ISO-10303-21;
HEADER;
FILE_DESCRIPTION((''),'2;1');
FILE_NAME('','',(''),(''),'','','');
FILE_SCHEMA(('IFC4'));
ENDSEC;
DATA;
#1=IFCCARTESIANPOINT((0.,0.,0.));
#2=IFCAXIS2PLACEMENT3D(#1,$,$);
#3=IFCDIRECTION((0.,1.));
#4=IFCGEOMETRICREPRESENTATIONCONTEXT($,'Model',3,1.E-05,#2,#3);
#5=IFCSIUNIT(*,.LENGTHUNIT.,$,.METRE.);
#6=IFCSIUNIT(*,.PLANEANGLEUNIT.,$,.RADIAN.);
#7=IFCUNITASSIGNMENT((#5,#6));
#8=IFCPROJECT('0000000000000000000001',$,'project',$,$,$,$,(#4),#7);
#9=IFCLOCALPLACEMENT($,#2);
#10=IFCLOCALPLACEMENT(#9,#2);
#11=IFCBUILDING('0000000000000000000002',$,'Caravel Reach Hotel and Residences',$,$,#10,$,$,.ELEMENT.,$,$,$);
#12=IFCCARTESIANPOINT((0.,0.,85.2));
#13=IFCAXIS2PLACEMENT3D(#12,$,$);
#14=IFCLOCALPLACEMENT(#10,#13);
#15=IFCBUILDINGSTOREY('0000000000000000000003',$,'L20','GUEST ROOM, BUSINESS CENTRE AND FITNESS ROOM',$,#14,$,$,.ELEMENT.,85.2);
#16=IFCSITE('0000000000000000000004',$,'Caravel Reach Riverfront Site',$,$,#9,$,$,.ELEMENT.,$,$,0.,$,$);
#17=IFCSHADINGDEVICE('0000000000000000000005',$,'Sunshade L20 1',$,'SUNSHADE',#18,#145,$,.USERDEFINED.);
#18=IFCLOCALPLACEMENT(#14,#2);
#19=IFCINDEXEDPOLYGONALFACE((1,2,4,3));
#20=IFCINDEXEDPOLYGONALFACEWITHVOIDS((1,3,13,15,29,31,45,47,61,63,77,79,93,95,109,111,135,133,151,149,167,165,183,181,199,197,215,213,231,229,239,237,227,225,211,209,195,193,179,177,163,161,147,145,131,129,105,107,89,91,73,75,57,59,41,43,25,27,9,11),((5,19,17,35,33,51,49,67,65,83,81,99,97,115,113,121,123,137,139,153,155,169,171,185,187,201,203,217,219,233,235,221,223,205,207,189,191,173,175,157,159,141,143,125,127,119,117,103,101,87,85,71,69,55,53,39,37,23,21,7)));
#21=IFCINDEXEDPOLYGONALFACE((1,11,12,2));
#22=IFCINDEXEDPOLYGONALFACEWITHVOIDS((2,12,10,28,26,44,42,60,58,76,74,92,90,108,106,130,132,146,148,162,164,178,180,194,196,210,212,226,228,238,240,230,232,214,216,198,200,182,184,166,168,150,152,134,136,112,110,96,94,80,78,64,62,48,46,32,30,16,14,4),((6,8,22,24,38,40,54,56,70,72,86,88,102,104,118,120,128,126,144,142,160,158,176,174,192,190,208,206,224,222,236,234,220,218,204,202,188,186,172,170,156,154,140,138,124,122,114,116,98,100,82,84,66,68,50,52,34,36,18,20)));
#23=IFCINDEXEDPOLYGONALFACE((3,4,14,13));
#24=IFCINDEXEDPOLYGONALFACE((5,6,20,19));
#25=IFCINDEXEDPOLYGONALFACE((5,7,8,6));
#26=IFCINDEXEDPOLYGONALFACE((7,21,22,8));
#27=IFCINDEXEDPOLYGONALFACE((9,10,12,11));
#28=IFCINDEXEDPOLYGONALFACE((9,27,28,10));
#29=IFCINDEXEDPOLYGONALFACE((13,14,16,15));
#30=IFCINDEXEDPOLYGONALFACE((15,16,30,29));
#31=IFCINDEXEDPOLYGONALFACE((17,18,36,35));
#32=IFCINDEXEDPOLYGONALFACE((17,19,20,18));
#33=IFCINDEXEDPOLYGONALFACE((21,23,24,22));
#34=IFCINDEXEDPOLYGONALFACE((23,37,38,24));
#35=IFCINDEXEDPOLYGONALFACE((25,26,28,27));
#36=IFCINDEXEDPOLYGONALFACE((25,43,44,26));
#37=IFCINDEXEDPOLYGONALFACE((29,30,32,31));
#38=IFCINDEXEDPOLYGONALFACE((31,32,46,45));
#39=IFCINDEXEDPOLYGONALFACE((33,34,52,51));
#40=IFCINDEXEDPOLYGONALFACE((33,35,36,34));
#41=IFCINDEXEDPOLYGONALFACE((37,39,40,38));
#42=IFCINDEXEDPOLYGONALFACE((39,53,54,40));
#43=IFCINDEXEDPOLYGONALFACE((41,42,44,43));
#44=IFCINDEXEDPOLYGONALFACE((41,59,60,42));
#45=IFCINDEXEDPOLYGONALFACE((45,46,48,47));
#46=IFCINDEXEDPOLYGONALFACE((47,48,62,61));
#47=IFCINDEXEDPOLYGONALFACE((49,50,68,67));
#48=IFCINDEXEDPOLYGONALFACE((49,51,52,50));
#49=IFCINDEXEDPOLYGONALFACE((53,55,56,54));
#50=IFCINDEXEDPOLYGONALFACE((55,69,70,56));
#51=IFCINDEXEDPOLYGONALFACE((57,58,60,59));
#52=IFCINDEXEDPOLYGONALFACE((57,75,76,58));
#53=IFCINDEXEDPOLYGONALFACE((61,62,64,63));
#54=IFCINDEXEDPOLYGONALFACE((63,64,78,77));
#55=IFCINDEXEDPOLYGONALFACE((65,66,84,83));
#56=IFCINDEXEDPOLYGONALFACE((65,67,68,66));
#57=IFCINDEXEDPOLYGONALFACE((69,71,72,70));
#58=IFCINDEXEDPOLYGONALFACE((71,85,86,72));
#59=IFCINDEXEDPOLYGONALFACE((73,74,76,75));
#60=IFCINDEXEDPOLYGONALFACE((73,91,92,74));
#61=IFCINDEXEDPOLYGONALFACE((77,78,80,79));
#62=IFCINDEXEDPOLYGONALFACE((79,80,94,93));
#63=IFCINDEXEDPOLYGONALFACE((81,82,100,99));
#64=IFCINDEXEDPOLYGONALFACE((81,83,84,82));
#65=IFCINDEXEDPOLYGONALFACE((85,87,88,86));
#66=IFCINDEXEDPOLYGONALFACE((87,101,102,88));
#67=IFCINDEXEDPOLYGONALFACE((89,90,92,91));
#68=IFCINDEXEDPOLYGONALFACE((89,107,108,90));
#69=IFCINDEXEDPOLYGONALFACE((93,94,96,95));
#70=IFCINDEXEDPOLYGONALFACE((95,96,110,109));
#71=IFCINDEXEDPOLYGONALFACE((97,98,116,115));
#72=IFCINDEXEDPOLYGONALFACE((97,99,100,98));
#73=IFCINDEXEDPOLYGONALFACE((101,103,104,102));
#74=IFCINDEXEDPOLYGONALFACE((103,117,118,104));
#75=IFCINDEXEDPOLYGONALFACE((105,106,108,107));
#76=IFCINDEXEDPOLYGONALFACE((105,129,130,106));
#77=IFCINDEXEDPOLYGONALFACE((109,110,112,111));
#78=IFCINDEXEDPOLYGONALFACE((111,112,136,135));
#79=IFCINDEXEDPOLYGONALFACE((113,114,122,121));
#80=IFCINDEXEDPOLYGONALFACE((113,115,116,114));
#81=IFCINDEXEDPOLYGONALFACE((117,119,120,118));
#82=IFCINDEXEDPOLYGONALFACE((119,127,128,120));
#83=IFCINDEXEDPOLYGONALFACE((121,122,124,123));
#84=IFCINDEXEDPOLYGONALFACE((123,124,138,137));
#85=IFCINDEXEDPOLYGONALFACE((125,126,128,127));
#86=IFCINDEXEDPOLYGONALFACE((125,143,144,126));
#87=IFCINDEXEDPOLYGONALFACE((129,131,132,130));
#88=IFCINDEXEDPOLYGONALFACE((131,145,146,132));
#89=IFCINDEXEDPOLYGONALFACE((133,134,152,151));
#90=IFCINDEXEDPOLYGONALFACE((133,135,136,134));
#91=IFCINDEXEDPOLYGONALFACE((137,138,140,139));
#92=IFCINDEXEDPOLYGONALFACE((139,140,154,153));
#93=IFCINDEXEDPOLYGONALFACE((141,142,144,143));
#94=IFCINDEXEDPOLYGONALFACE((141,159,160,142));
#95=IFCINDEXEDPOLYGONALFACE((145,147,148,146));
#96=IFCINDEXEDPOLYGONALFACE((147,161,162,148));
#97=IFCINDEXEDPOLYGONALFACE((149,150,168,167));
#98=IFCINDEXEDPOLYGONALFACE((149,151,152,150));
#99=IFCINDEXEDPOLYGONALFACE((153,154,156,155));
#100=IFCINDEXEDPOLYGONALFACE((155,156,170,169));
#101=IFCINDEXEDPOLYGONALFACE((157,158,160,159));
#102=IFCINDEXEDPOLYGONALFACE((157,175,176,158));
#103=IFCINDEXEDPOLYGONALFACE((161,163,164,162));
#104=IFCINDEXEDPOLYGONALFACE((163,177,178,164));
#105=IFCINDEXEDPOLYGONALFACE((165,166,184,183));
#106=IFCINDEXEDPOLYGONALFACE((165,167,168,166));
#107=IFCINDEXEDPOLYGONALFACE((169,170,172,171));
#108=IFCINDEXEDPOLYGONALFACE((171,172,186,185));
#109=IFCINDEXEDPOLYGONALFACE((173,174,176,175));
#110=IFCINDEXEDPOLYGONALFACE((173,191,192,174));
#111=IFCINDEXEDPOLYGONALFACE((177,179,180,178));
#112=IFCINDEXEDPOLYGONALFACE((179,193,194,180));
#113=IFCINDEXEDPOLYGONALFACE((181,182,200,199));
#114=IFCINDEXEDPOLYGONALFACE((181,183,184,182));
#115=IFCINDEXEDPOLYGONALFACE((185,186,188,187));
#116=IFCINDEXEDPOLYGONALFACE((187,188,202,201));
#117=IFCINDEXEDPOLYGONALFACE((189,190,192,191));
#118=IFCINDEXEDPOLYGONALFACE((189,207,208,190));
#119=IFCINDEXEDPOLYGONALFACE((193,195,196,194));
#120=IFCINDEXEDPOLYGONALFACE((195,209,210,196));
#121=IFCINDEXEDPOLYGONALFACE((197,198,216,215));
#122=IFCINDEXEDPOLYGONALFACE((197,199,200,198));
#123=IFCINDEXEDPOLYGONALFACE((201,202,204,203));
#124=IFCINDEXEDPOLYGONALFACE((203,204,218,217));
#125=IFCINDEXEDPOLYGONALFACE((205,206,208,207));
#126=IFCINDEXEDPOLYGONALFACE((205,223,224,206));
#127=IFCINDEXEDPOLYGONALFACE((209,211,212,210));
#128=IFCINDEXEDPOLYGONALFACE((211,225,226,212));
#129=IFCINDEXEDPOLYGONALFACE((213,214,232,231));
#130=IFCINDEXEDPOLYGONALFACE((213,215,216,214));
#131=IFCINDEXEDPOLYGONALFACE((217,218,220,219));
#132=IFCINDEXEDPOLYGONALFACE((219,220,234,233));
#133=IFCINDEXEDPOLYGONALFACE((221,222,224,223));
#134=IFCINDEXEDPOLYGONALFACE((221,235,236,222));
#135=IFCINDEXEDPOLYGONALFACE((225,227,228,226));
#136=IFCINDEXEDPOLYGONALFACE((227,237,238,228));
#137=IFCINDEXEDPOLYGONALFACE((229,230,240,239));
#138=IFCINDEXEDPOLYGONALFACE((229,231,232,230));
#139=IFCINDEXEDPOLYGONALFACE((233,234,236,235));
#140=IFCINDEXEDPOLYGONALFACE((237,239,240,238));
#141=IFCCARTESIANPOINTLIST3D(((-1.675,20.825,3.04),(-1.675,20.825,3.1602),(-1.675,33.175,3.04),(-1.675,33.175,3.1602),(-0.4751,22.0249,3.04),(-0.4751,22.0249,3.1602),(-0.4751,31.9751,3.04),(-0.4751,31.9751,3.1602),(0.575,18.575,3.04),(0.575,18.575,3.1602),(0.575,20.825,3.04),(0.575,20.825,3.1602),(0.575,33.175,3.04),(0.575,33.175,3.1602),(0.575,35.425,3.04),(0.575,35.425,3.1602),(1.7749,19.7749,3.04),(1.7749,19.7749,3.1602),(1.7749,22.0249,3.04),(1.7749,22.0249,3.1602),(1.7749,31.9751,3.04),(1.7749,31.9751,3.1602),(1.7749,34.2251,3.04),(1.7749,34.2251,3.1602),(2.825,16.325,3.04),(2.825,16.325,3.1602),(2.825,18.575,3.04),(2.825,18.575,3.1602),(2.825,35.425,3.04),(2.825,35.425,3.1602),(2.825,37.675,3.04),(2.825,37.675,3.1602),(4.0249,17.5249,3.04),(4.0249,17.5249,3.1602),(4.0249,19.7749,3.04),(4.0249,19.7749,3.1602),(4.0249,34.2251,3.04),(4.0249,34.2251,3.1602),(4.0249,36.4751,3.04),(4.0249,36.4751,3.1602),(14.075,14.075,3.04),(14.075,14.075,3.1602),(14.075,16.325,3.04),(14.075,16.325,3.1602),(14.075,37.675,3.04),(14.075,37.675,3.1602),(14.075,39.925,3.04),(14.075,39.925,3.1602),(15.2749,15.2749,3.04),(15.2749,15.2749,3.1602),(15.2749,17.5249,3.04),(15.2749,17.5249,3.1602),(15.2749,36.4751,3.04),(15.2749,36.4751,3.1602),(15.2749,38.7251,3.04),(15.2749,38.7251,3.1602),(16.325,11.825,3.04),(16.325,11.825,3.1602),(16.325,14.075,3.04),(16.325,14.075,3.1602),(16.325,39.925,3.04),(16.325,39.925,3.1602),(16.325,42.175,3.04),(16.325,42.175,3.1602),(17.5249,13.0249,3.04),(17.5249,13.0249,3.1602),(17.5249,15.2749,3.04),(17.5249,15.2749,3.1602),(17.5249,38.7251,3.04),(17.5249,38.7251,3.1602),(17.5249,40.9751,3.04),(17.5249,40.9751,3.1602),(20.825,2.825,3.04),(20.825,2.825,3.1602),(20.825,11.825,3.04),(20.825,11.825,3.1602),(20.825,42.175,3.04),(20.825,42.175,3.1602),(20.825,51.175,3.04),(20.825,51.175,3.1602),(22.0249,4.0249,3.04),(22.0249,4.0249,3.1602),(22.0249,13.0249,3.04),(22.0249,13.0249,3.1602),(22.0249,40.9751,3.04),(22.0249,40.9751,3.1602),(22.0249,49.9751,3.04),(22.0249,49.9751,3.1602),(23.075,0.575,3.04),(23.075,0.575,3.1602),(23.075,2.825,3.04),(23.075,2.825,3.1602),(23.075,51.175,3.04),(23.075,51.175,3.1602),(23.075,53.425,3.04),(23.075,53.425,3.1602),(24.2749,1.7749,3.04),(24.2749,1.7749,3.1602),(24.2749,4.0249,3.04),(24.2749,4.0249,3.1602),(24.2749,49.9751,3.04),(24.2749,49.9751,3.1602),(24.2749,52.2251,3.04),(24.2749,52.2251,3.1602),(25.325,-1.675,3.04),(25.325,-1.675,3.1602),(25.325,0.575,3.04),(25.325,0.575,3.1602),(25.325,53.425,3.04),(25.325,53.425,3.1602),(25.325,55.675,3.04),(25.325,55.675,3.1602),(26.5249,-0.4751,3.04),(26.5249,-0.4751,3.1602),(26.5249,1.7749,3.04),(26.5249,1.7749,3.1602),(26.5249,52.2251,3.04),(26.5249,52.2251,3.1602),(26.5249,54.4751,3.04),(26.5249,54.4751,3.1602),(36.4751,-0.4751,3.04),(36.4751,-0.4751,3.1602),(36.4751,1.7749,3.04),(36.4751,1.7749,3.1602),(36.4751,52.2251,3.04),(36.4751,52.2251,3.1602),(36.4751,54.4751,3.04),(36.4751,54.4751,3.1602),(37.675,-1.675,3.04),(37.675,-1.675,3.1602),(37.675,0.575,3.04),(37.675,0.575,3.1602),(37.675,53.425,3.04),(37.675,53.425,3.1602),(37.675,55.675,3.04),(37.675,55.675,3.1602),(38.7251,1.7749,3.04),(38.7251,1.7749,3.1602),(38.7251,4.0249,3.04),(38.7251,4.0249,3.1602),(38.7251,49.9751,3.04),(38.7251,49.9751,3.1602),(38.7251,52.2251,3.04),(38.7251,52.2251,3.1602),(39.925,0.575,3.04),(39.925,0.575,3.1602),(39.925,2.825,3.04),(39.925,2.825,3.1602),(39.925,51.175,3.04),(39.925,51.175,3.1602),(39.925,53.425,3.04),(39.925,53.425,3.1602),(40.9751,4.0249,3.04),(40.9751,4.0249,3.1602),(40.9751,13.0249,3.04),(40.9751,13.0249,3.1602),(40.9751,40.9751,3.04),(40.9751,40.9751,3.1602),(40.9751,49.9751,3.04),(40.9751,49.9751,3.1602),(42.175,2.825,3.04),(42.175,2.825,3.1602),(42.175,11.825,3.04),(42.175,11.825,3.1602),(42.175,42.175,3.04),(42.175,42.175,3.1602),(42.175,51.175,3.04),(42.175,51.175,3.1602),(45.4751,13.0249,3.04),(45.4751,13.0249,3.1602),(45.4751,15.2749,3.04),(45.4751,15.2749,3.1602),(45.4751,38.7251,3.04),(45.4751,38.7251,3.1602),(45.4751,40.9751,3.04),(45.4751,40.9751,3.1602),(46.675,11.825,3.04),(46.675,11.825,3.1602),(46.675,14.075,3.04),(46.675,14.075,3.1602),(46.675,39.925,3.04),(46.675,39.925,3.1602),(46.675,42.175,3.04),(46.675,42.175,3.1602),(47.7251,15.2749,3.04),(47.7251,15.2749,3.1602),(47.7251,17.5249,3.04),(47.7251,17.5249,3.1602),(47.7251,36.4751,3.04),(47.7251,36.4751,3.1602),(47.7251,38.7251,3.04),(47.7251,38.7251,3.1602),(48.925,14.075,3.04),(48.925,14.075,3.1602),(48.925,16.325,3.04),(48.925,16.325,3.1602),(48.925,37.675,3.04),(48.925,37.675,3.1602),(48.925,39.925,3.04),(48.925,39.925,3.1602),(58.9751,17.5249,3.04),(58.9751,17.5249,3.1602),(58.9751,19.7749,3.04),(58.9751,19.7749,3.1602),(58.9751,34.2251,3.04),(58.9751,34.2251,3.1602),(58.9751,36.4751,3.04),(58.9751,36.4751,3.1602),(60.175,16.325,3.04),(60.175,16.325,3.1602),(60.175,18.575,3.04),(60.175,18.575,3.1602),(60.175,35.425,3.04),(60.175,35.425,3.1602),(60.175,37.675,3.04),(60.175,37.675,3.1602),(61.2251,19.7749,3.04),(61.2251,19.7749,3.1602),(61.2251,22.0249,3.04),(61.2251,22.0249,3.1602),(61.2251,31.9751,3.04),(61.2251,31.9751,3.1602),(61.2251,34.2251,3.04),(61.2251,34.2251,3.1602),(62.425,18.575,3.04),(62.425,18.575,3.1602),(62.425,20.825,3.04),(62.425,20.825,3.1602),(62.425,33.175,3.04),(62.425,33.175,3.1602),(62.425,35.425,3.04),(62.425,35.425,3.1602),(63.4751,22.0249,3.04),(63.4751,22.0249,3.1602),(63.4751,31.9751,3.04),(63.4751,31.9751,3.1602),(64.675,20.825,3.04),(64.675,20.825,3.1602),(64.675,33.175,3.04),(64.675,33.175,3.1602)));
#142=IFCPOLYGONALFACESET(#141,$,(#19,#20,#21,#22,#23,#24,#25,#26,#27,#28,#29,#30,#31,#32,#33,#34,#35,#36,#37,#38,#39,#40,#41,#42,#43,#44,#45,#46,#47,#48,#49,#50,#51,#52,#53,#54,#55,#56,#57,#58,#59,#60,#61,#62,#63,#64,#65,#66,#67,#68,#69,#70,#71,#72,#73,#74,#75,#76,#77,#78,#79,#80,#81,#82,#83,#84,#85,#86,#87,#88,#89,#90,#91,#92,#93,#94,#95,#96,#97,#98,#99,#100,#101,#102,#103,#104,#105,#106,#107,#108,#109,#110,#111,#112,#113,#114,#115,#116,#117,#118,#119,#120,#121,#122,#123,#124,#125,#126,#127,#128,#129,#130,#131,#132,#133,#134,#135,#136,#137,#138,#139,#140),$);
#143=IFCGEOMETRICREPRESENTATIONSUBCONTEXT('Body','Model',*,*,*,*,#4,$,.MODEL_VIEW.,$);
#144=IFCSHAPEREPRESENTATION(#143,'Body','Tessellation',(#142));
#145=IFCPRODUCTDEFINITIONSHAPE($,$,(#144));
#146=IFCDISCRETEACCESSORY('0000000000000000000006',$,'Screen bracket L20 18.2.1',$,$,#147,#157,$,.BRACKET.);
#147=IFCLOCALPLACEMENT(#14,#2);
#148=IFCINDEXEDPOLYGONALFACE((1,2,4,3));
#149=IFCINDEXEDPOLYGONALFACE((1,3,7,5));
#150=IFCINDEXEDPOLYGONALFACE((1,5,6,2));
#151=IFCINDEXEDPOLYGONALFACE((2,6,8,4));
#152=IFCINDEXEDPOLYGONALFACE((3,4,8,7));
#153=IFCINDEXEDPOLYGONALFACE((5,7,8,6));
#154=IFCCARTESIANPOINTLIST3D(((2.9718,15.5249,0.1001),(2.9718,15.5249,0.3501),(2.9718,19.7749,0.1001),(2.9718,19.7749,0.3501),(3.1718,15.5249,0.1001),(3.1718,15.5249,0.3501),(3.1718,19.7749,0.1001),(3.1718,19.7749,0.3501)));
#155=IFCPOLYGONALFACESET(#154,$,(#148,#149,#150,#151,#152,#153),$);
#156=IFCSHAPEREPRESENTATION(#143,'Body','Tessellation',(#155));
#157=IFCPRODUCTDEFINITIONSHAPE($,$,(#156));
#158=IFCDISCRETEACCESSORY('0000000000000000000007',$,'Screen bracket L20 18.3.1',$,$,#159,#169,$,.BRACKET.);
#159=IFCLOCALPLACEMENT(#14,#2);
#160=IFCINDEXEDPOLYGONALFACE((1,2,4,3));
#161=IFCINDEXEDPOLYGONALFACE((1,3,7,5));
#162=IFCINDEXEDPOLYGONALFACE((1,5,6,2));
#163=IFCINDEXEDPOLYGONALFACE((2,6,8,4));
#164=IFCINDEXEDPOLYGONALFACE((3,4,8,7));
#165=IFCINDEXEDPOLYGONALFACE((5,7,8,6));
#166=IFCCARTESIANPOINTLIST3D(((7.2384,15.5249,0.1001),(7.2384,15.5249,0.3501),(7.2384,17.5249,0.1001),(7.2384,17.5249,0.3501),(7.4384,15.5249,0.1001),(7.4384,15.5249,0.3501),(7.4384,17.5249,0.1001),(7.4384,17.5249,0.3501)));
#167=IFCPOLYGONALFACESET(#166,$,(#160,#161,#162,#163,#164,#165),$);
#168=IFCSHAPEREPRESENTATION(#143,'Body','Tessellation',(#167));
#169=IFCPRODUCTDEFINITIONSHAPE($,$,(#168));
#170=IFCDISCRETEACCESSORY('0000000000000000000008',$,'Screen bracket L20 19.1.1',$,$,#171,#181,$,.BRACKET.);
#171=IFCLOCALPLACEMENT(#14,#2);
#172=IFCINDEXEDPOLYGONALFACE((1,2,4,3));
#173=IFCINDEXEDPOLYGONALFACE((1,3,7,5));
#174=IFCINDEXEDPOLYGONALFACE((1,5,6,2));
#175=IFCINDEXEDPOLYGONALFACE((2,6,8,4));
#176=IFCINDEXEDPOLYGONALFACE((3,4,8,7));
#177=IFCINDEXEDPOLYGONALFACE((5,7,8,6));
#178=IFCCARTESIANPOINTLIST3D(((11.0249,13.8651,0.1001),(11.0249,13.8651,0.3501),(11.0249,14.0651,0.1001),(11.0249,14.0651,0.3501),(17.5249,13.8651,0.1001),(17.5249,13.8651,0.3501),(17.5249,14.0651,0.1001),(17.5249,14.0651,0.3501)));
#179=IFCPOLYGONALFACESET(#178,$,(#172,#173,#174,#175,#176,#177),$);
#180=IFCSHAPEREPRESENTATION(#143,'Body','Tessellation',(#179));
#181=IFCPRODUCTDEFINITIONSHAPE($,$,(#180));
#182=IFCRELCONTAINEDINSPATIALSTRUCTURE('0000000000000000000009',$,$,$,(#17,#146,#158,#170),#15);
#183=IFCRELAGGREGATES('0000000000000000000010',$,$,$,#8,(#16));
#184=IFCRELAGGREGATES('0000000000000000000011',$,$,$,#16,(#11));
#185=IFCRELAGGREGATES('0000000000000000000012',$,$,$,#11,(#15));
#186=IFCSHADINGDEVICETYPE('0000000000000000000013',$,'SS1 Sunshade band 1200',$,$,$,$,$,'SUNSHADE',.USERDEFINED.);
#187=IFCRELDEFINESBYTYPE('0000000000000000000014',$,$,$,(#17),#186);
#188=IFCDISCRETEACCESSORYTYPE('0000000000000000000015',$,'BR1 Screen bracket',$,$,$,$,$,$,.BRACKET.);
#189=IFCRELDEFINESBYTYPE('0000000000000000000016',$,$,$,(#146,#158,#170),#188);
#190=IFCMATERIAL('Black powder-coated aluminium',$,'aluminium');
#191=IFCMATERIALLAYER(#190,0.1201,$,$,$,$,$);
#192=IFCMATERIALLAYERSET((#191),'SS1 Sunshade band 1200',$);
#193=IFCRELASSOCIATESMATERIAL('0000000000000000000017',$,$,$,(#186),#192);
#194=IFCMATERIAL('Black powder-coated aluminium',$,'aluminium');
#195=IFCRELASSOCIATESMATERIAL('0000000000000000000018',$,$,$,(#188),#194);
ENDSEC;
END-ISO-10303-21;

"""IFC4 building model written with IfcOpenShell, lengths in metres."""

from ifc_helpers import new_model, si_unit, direction, frame, origin, origin_2d, place, context, subcontext, project, spatial, polyline, rectangle, outline, extrude, material, layer, layer_set, type_object, element, save


model = new_model("IFC4")

# Units and contexts
model_context = context("Model", 3, precision=1e-05, world=origin(), true_north=direction((0.0, 1.0)))
body_context = subcontext(model_context, "Body", "Model", "MODEL_VIEW")
ifc_project = project(units=[si_unit("LENGTHUNIT", "METRE"), si_unit("PLANEANGLEUNIT", "RADIAN")], contexts=[model_context])

# Site, building, storey
site_placement = place(None, origin())
site = spatial("IfcSite", under=ifc_project, at=site_placement, Name="Caravel Reach Riverfront Site", CompositionType="ELEMENT", RefElevation=0.0)
building_placement = place(site_placement, origin())
building = spatial("IfcBuilding", under=site, at=building_placement, Name="Caravel Reach Hotel and Residences", CompositionType="ELEMENT")
storey_placement = place(building_placement, frame((0.0, 0.0, 85.2)))
storey = spatial("IfcBuildingStorey", under=building, at=storey_placement, Name="L20", Description="GUEST ROOM, BUSINESS CENTRE AND FITNESS ROOM", CompositionType="ELEMENT", Elevation=85.2)

# Shading device
ifc_material_1 = material(Name="Black powder-coated aluminium", Category="aluminium")
ifc_layer_1 = layer(ifc_material_1, 0.1201)
ifc_layer_set_1 = layer_set([ifc_layer_1], Name="SS1 Sunshade band 1200")
shading_device_type_1 = type_object("IfcShadingDeviceType", Name="SS1 Sunshade band 1200", ElementType="SUNSHADE", PredefinedType="USERDEFINED", material=ifc_layer_set_1)
shading_device_1_placement = place(storey_placement, frame((0.0, 0.0, 3.04)))
element("IfcShadingDevice", 1, at=shading_device_1_placement, inside=storey, type_object=shading_device_type_1, Name="Sunshade L20 1", ObjectType="SUNSHADE", PredefinedType="USERDEFINED", context=body_context, shape_type="SweptSolid", body=[
    extrude(outline(polyline([(20.825, 11.825), (20.825, 2.825), (23.075, 2.825), (23.075, 0.575), (25.325, 0.575), (25.325, -1.675), (37.675, -1.675), (37.675, 0.575), (39.925, 0.575), (39.925, 2.825), (42.175, 2.825), (42.175, 11.825), (46.675, 11.825), (46.675, 14.075), (48.925, 14.075), (48.925, 16.325), (60.175, 16.325), (60.175, 18.575), (62.425, 18.575), (62.425, 20.825), (64.675, 20.825), (64.675, 33.175), (62.425, 33.175), (62.425, 35.425), (60.175, 35.425), (60.175, 37.675), (48.925, 37.675), (48.925, 39.925), (46.675, 39.925), (46.675, 42.175), (42.175, 42.175), (42.175, 51.175), (39.925, 51.175), (39.925, 53.425), (37.675, 53.425), (37.675, 55.675), (25.325, 55.675), (25.325, 53.425), (23.075, 53.425), (23.075, 51.175), (20.825, 51.175), (20.825, 42.175), (16.325, 42.175), (16.325, 39.925), (14.075, 39.925), (14.075, 37.675), (2.825, 37.675), (2.825, 35.425), (0.575, 35.425), (0.575, 33.175), (-1.675, 33.175), (-1.675, 20.825), (0.575, 20.825), (0.575, 18.575), (2.825, 18.575), (2.825, 16.325), (14.075, 16.325), (14.075, 14.075), (16.325, 14.075), (16.325, 11.825), (20.825, 11.825)]), holes=[polyline([(24.2749, 4.0249), (22.0249, 4.0249), (22.0249, 13.0249), (17.5249, 13.0249), (17.5249, 15.2749), (15.2749, 15.2749), (15.2749, 17.5249), (4.0249, 17.5249), (4.0249, 19.7749), (1.7749, 19.7749), (1.7749, 22.0249), (-0.4751, 22.0249), (-0.4751, 31.9751), (1.7749, 31.9751), (1.7749, 34.2251), (4.0249, 34.2251), (4.0249, 36.4751), (15.2749, 36.4751), (15.2749, 38.7251), (17.5249, 38.7251), (17.5249, 40.9751), (22.0249, 40.9751), (22.0249, 49.9751), (24.2749, 49.9751), (24.2749, 52.2251), (26.5249, 52.2251), (26.5249, 54.4751), (36.4751, 54.4751), (36.4751, 52.2251), (38.7251, 52.2251), (38.7251, 49.9751), (40.9751, 49.9751), (40.9751, 40.9751), (45.4751, 40.9751), (45.4751, 38.7251), (47.7251, 38.7251), (47.7251, 36.4751), (58.9751, 36.4751), (58.9751, 34.2251), (61.2251, 34.2251), (61.2251, 31.9751), (63.4751, 31.9751), (63.4751, 22.0249), (61.2251, 22.0249), (61.2251, 19.7749), (58.9751, 19.7749), (58.9751, 17.5249), (47.7251, 17.5249), (47.7251, 15.2749), (45.4751, 15.2749), (45.4751, 13.0249), (40.9751, 13.0249), (40.9751, 4.0249), (38.7251, 4.0249), (38.7251, 1.7749), (36.4751, 1.7749), (36.4751, -0.4751), (26.5249, -0.4751), (26.5249, 1.7749), (24.2749, 1.7749), (24.2749, 4.0249)])]), origin(), (0.0, 0.0, 1.0), 0.1201),
])

# Discrete accessories
ifc_material_2 = material(Name="Black powder-coated aluminium", Category="aluminium")
discrete_accessory_type = type_object("IfcDiscreteAccessoryType", Name="BR1 Screen bracket", PredefinedType="BRACKET", material=ifc_material_2)
discrete_accessory_1_placement = place(storey_placement, frame((3.0718, 17.6499, 0.1001), z_axis=(0.0, 0.0, 1.0), x_axis=(0.0, -1.0, 0.0)))
element("IfcDiscreteAccessory", 2, at=discrete_accessory_1_placement, inside=storey, type_object=discrete_accessory_type, Name="Screen bracket L20 18.2.1", PredefinedType="BRACKET", context=body_context, shape_type="SweptSolid", body=[
    extrude(rectangle(XDim=4.25, YDim=0.2, at=origin_2d()), origin(), (0.0, 0.0, 1.0), 0.25),
])
discrete_accessory_2_placement = place(storey_placement, frame((7.3384, 16.5249, 0.1001), z_axis=(0.0, 0.0, 1.0), x_axis=(0.0, -1.0, 0.0)))
element("IfcDiscreteAccessory", 3, at=discrete_accessory_2_placement, inside=storey, type_object=discrete_accessory_type, Name="Screen bracket L20 18.3.1", PredefinedType="BRACKET", context=body_context, shape_type="SweptSolid", body=[
    extrude(rectangle(XDim=2.0, YDim=0.2, at=origin_2d()), origin(), (0.0, 0.0, 1.0), 0.25),
])
for number, where, z_axis, x_axis, name in (
    (4, (14.2749, 13.9651, 0.1001), (0.0, 0.0, 1.0), (-1.0, 0.0, 0.0), "Screen bracket L20 19.1.1"),
):
    element("IfcDiscreteAccessory", number, at=place(storey_placement, frame(where, z_axis=z_axis, x_axis=x_axis)), inside=storey, type_object=discrete_accessory_type, Name=name, PredefinedType="BRACKET", context=body_context, shape_type="SweptSolid", body=[
        extrude(rectangle(XDim=6.5, YDim=0.2, at=origin_2d()), origin(), (0.0, 0.0, 1.0), 0.25),
    ])

save(model, "model.ifc")
